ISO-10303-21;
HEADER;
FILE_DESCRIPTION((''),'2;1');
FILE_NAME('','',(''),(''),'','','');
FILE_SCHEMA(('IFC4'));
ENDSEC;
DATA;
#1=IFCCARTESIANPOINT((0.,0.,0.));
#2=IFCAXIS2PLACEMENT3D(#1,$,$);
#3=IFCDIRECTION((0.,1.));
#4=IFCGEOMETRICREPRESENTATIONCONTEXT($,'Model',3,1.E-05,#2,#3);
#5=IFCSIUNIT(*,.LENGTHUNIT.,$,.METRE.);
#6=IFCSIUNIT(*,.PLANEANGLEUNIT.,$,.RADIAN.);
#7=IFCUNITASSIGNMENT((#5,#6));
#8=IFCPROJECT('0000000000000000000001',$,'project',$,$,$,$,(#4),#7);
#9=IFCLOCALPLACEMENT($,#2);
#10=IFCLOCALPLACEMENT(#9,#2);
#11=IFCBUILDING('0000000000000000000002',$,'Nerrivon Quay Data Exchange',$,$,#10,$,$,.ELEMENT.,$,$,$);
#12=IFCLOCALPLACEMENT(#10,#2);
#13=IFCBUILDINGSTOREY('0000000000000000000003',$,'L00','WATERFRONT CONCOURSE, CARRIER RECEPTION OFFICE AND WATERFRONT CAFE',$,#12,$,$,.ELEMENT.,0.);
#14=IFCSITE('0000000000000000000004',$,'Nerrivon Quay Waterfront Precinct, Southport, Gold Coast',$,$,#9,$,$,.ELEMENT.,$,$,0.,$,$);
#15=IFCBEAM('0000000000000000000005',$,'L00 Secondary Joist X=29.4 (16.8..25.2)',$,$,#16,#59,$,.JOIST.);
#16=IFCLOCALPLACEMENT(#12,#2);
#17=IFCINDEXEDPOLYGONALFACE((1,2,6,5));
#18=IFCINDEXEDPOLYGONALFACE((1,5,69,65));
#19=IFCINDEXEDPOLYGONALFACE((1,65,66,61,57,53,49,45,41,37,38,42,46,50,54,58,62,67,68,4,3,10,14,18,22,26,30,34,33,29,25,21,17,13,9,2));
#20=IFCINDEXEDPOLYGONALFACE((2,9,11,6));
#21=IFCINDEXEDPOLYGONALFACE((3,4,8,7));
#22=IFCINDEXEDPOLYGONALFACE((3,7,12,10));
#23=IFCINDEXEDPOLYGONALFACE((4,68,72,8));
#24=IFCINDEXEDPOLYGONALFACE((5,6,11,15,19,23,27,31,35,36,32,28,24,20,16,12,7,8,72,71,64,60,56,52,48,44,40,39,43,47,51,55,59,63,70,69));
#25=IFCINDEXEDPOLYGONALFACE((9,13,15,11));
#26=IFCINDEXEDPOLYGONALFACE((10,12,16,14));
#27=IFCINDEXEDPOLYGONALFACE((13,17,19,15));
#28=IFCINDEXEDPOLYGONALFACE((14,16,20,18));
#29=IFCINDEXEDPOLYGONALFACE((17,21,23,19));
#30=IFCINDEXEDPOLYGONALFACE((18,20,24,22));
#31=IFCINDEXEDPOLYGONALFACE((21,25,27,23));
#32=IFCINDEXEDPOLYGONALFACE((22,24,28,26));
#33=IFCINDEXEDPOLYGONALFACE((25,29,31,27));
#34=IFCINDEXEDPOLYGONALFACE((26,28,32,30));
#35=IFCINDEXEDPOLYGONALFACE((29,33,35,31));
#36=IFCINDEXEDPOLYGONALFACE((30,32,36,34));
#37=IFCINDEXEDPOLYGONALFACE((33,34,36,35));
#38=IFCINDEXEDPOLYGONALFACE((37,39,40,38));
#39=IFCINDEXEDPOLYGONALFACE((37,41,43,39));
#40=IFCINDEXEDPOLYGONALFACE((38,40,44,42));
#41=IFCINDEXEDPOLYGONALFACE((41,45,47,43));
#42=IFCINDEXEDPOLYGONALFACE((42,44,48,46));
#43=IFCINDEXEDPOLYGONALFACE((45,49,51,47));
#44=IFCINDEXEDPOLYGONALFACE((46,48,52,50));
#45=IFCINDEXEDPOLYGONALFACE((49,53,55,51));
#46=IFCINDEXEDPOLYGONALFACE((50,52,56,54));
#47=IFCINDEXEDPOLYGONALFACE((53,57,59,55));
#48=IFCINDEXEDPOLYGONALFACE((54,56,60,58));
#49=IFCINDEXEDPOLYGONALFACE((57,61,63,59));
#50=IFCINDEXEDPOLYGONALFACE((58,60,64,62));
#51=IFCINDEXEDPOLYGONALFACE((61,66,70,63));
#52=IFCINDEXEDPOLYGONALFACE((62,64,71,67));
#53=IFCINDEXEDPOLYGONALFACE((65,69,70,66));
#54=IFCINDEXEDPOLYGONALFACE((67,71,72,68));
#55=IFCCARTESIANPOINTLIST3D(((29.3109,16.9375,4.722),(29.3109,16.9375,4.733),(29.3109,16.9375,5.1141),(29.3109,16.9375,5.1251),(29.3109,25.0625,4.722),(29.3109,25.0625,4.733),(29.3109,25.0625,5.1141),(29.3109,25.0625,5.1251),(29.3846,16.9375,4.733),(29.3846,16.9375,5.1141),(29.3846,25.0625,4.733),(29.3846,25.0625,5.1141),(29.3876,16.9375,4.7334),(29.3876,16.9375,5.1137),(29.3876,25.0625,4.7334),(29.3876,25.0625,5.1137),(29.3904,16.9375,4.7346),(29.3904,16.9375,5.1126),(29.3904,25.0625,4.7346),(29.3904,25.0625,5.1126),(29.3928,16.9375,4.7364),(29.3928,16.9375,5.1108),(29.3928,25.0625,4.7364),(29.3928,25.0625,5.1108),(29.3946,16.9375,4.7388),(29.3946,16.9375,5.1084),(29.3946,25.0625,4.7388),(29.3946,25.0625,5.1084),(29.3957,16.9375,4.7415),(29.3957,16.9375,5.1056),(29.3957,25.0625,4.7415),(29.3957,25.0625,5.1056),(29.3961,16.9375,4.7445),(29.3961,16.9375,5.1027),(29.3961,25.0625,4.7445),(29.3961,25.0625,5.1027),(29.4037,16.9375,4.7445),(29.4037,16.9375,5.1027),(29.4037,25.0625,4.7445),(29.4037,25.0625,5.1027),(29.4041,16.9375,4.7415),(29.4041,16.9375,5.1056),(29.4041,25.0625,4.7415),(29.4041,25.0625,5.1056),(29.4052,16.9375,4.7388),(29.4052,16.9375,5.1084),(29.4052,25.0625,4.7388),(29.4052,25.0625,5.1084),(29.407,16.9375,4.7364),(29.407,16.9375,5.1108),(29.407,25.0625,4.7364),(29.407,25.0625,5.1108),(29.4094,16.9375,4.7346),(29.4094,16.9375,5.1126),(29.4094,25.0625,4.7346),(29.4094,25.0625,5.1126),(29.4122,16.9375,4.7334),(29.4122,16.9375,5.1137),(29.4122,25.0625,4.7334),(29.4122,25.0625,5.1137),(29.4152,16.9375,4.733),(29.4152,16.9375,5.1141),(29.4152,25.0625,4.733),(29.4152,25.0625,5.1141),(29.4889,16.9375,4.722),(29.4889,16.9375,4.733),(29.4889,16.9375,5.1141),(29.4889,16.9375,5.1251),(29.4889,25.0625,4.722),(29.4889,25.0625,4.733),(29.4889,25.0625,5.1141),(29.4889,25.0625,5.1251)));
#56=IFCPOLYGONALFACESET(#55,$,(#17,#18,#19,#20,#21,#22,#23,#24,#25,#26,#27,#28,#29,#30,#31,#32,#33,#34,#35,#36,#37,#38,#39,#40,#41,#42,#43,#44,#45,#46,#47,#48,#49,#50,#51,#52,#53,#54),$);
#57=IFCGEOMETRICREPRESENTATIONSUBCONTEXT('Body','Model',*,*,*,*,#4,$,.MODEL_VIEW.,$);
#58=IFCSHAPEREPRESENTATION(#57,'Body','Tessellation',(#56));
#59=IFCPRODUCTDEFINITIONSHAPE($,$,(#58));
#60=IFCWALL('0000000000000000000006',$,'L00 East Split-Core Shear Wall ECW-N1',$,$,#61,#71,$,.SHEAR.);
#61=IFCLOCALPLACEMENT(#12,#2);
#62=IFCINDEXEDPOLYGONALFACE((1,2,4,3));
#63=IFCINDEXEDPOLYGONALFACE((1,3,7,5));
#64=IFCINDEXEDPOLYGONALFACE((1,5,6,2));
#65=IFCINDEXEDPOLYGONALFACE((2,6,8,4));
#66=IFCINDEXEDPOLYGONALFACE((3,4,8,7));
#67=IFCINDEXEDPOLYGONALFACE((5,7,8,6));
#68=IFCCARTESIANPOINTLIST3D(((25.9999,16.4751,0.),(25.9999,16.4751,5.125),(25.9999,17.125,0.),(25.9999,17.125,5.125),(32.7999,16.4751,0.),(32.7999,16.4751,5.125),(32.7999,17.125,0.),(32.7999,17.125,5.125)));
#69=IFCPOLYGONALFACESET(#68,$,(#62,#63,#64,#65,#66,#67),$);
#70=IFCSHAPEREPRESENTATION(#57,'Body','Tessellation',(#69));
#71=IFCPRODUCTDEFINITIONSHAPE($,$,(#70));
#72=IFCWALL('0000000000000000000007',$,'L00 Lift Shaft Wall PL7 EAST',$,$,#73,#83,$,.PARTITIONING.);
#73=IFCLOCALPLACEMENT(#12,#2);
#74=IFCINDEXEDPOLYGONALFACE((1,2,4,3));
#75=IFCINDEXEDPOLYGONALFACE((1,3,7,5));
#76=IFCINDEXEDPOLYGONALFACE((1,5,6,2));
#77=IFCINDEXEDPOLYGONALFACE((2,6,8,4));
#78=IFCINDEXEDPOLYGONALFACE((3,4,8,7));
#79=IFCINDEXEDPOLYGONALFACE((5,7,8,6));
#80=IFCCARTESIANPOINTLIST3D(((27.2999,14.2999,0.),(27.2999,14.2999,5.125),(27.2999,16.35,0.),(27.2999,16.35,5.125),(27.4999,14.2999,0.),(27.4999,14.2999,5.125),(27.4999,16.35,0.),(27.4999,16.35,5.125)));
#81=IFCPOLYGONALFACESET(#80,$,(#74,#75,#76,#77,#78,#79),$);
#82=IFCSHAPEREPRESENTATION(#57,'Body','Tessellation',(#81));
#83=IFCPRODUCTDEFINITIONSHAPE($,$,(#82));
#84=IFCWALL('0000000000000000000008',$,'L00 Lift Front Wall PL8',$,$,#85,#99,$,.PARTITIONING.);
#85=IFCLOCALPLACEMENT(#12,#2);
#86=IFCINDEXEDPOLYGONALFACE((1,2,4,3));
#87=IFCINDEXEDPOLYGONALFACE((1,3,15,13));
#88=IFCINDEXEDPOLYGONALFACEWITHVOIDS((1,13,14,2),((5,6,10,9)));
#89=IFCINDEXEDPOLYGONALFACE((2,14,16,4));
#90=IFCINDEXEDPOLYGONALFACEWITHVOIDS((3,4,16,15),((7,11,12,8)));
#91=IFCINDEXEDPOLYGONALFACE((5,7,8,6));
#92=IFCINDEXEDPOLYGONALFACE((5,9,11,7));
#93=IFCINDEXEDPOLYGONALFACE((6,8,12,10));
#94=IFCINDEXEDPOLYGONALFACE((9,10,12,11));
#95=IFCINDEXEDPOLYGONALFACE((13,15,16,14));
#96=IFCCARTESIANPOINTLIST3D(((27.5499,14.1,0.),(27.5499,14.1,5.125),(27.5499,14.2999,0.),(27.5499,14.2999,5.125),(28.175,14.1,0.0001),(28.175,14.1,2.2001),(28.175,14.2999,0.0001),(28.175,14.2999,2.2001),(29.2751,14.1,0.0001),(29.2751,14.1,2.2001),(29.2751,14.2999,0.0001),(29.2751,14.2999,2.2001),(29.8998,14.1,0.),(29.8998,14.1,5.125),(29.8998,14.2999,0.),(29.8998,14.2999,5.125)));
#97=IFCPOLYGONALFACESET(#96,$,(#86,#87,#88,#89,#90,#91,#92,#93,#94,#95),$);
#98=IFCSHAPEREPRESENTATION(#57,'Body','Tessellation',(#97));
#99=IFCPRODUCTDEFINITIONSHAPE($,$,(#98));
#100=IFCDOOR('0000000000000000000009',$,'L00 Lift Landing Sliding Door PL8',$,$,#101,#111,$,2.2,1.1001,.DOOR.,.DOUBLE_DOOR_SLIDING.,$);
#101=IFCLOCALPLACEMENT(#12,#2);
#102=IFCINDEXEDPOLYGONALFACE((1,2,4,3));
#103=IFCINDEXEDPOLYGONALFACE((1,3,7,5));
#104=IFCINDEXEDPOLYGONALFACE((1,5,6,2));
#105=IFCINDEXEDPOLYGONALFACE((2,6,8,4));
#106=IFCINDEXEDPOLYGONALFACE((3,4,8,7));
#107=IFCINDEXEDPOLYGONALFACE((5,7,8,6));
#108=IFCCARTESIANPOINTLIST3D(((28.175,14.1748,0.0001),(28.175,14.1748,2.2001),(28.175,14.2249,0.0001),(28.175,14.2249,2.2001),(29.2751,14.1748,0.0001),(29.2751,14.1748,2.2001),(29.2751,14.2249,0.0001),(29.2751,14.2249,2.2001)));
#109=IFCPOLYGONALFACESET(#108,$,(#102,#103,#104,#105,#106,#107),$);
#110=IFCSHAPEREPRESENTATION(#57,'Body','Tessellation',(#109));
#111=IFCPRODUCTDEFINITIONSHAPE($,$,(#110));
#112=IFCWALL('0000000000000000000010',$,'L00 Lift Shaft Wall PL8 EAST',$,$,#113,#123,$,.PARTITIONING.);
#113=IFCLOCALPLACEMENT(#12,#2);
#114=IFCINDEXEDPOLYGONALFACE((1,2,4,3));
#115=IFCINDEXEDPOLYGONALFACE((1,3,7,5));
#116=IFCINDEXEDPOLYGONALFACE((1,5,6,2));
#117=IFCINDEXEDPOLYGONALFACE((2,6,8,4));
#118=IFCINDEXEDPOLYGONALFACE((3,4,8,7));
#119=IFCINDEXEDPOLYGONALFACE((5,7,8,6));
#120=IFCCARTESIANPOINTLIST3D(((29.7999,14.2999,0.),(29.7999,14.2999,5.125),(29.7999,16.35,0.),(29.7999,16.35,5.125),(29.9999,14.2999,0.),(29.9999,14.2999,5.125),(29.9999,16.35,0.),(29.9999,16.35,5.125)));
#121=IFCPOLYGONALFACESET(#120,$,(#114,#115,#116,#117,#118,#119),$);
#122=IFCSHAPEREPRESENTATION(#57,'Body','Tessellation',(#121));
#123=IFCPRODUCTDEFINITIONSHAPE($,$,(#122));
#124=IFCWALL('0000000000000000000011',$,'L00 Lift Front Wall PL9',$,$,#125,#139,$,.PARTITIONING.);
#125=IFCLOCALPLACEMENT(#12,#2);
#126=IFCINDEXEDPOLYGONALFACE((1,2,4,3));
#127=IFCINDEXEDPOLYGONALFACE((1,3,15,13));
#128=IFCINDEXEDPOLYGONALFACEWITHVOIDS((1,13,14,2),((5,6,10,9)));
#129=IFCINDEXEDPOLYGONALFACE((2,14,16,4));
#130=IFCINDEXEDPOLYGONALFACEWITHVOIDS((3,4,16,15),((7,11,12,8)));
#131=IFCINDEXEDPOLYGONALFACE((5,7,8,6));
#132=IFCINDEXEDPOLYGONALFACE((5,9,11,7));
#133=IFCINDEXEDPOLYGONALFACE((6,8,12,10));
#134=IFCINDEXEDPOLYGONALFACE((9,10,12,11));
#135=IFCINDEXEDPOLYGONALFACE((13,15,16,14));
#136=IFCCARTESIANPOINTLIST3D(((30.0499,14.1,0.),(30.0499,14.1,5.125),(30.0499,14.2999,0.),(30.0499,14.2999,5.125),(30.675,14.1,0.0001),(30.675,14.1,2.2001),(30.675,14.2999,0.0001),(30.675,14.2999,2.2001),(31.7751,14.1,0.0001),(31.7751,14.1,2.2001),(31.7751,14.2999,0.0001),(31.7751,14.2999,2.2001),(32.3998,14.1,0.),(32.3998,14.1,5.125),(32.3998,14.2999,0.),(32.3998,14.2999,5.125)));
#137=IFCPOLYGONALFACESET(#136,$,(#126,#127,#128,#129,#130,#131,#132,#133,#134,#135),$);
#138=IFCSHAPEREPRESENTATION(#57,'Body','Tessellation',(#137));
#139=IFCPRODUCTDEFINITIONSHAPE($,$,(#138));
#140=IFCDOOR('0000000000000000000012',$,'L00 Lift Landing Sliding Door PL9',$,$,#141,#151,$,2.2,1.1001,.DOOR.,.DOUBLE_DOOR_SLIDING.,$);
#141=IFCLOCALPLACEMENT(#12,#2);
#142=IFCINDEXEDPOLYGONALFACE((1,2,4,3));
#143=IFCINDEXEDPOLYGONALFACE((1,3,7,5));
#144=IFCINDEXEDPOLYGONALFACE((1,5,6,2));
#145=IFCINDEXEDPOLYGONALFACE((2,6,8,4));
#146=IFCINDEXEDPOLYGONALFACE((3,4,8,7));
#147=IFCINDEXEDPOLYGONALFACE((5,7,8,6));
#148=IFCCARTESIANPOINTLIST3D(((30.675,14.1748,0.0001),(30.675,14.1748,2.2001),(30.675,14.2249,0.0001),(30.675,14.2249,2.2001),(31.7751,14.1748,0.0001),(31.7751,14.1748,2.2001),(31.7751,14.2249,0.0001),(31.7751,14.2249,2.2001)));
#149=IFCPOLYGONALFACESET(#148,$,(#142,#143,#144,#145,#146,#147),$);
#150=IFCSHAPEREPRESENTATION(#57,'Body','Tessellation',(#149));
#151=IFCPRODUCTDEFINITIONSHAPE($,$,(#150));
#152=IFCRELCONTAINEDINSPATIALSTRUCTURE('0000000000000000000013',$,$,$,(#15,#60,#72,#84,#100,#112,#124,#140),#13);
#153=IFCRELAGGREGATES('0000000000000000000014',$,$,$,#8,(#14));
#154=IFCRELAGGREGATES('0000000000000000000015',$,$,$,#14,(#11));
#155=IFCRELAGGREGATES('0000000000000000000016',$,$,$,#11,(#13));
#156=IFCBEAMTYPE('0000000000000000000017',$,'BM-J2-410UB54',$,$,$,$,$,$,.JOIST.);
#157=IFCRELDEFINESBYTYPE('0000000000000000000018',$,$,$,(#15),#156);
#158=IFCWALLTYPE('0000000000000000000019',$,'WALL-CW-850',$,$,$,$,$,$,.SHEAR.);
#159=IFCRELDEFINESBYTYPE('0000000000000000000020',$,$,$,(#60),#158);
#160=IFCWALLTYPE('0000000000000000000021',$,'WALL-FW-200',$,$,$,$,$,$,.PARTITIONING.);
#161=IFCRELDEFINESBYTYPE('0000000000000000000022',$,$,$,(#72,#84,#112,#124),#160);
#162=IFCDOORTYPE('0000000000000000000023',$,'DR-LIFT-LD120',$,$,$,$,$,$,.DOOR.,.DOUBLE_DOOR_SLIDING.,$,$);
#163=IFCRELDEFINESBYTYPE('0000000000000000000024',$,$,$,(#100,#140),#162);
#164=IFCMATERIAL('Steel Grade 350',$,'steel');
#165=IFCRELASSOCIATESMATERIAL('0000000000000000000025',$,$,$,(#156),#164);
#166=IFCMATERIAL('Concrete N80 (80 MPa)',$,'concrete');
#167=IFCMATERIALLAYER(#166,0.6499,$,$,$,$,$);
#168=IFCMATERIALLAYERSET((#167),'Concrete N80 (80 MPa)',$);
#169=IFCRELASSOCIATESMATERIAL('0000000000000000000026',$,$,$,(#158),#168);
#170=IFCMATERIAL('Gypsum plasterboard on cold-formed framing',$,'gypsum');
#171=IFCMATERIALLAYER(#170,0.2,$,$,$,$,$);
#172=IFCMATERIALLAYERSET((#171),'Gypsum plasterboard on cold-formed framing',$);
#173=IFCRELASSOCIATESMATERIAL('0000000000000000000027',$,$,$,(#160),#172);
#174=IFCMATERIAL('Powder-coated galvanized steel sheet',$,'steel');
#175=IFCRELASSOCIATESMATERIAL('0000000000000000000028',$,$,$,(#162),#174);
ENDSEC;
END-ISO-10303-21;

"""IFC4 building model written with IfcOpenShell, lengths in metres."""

from ifc_helpers import new_model, si_unit, direction, frame, frame_2d, origin, origin_2d, place, context, subcontext, project, spatial, rectangle, i_section, extrude, material, layer, layer_set, material_profile, profile_set, type_object, element, fill, save


model = new_model("IFC4")

# Units and contexts
model_context = context("Model", 3, precision=1e-05, world=origin(), true_north=direction((0.0, 1.0)))
body_context = subcontext(model_context, "Body", "Model", "MODEL_VIEW")
ifc_project = project(units=[si_unit("LENGTHUNIT", "METRE"), si_unit("PLANEANGLEUNIT", "RADIAN")], contexts=[model_context])

# Site, building, storey
site_placement = place(None, origin())
site = spatial("IfcSite", under=ifc_project, at=site_placement, Name="Nerrivon Quay Waterfront Precinct, Southport, Gold Coast", CompositionType="ELEMENT", RefElevation=0.0)
building_placement = place(site_placement, origin())
building = spatial("IfcBuilding", under=site, at=building_placement, Name="Nerrivon Quay Data Exchange", CompositionType="ELEMENT")
storey_placement = place(building_placement, origin())
storey = spatial("IfcBuildingStorey", under=building, at=storey_placement, Name="L00", Description="WATERFRONT CONCOURSE, CARRIER RECEPTION OFFICE AND WATERFRONT CAFE", CompositionType="ELEMENT", Elevation=0.0)

# Shared definitions
ifc_material_1 = material(Name="Concrete N80 (80 MPa)", Category="concrete")

# Beam
ifc_material_2 = material(Name="Steel Grade 350", Category="steel")
ifc_material_profile_1 = material_profile(ifc_material_2, i_section(OverallWidth=0.178, OverallDepth=0.4031, WebThickness=0.0076, FlangeThickness=0.011, FilletRadius=0.0115, at=origin_2d()), Name="410UB53.7")
ifc_profile_set_1 = profile_set([ifc_material_profile_1], Name="Steel Grade 350")
beam_type_1 = type_object("IfcBeamType", Name="BM-J2-410UB54", PredefinedType="JOIST", material=ifc_profile_set_1)
beam_placement = place(storey_placement, frame((29.3999, 16.9375, 4.9236), z_axis=(0.0, 1.0, 0.0), x_axis=(-1.0, 0.0, 0.0)))
element("IfcBeam", 1, at=beam_placement, inside=storey, type_object=beam_type_1, Name="L00 Secondary Joist X=29.4 (16.8..25.2)", PredefinedType="JOIST", context=body_context, shape_type="SweptSolid", body=[
    extrude(i_section(OverallWidth=0.178, OverallDepth=0.4031, WebThickness=0.0076, FlangeThickness=0.011, FilletRadius=0.0115, at=origin_2d()), origin(), (0.0, 0.0, 1.0), 8.125),
])

# Walls
ifc_layer_1 = layer(ifc_material_1, 0.6499)
ifc_layer_set_1 = layer_set([ifc_layer_1], Name="Concrete N80 (80 MPa)")
wall_type_1 = type_object("IfcWallType", Name="WALL-CW-850", PredefinedType="SHEAR", material=ifc_layer_set_1)
wall_1_placement = place(storey_placement, frame((26.0, 16.8, 0.0), z_axis=(0.0, 0.0, 1.0), x_axis=(1.0, 0.0, 0.0)))
element("IfcWall", 2, at=wall_1_placement, inside=storey, type_object=wall_type_1, Name="L00 East Split-Core Shear Wall ECW-N1", PredefinedType="SHEAR", context=body_context, shape_type="SweptSolid", body=[
    extrude(rectangle(XDim=6.8, YDim=0.6499, at=frame_2d((3.3999, 0.0))), origin(), (0.0, 0.0, 1.0), 5.125),
])
ifc_material_3 = material(Name="Gypsum plasterboard on cold-formed framing", Category="gypsum")
ifc_layer_2 = layer(ifc_material_3, 0.2)
ifc_layer_set_2 = layer_set([ifc_layer_2], Name="Gypsum plasterboard on cold-formed framing")
wall_type_2 = type_object("IfcWallType", Name="WALL-FW-200", PredefinedType="PARTITIONING", material=ifc_layer_set_2)
wall_2_placement = place(storey_placement, frame((27.3999, 14.3, 0.0), z_axis=(0.0, 0.0, 1.0), x_axis=(0.0, 1.0, 0.0)))
element("IfcWall", 3, at=wall_2_placement, inside=storey, type_object=wall_type_2, Name="L00 Lift Shaft Wall PL7 EAST", PredefinedType="PARTITIONING", context=body_context, shape_type="SweptSolid", body=[
    extrude(rectangle(XDim=2.05, YDim=0.2, at=frame_2d((1.0249, 0.0))), origin(), (0.0, 0.0, 1.0), 5.125),
])

# Wall, opening, door
wall_3_placement = place(storey_placement, frame((27.55, 14.2, 0.0), z_axis=(0.0, 0.0, 1.0), x_axis=(1.0, 0.0, 0.0)))
wall_3 = element("IfcWall", 4, at=wall_3_placement, inside=storey, type_object=wall_type_2, Name="L00 Lift Front Wall PL8", PredefinedType="PARTITIONING", context=body_context, shape_type="SweptSolid", body=[
    extrude(rectangle(XDim=2.3499, YDim=0.2, at=frame_2d((1.1748, 0.0))), origin(), (0.0, 0.0, 1.0), 5.125),
])
opening_1_placement = place(wall_3_placement, frame((0.625, 0.0, 0.0)))
opening_1 = element("IfcOpeningElement", 5, at=opening_1_placement, cuts=wall_3, PredefinedType="OPENING", context=body_context, shape_type="SweptSolid", body=[
    extrude(rectangle(XDim=1.1001, YDim=2.2, at=frame_2d((0.55, 1.1001))), frame((0.0, 0.1099, 0.0), z_axis=(0.0, -1.0, 0.0), x_axis=(1.0, 0.0, 0.0)), (0.0, 0.0, 1.0), 0.22),
])
ifc_material_4 = material(Name="Powder-coated galvanized steel sheet", Category="steel")
door_type_1 = type_object("IfcDoorType", Name="DR-LIFT-LD120", OperationType="DOUBLE_DOOR_SLIDING", PredefinedType="DOOR", material=ifc_material_4)
door_1_placement = place(opening_1_placement, origin())
door_1 = element("IfcDoor", 6, at=door_1_placement, inside=storey, type_object=door_type_1, Name="L00 Lift Landing Sliding Door PL8", OperationType="DOUBLE_DOOR_SLIDING", OverallHeight=2.2, OverallWidth=1.1001, PredefinedType="DOOR", context=body_context, shape_type="SweptSolid", body=[
    extrude(rectangle(XDim=1.1001, YDim=2.2, at=frame_2d((0.55, 1.1001))), frame((0.0, 0.0249, 0.0), z_axis=(0.0, -1.0, 0.0), x_axis=(1.0, 0.0, 0.0)), (0.0, 0.0, 1.0), 0.05),
])
fill(opening_1, door_1)

# Wall
wall_4_placement = place(storey_placement, frame((29.8999, 14.3, 0.0), z_axis=(0.0, 0.0, 1.0), x_axis=(0.0, 1.0, 0.0)))
element("IfcWall", 7, at=wall_4_placement, inside=storey, type_object=wall_type_2, Name="L00 Lift Shaft Wall PL8 EAST", PredefinedType="PARTITIONING", context=body_context, shape_type="SweptSolid", body=[
    extrude(rectangle(XDim=2.05, YDim=0.2, at=frame_2d((1.0249, 0.0))), origin(), (0.0, 0.0, 1.0), 5.125),
])

# Wall, opening, door
wall_5_placement = place(storey_placement, frame((30.05, 14.2, 0.0), z_axis=(0.0, 0.0, 1.0), x_axis=(1.0, 0.0, 0.0)))
wall_5 = element("IfcWall", 8, at=wall_5_placement, inside=storey, type_object=wall_type_2, Name="L00 Lift Front Wall PL9", PredefinedType="PARTITIONING", context=body_context, shape_type="SweptSolid", body=[
    extrude(rectangle(XDim=2.3499, YDim=0.2, at=frame_2d((1.1748, 0.0))), origin(), (0.0, 0.0, 1.0), 5.125),
])
opening_2_placement = place(wall_5_placement, frame((0.625, 0.0, 0.0)))
opening_2 = element("IfcOpeningElement", 9, at=opening_2_placement, cuts=wall_5, PredefinedType="OPENING", context=body_context, shape_type="SweptSolid", body=[
    extrude(rectangle(XDim=1.1001, YDim=2.2, at=frame_2d((0.55, 1.1001))), frame((0.0, 0.1099, 0.0), z_axis=(0.0, -1.0, 0.0), x_axis=(1.0, 0.0, 0.0)), (0.0, 0.0, 1.0), 0.22),
])
door_2_placement = place(opening_2_placement, origin())
door_2 = element("IfcDoor", 10, at=door_2_placement, inside=storey, type_object=door_type_1, Name="L00 Lift Landing Sliding Door PL9", OperationType="DOUBLE_DOOR_SLIDING", OverallHeight=2.2, OverallWidth=1.1001, PredefinedType="DOOR", context=body_context, shape_type="SweptSolid", body=[
    extrude(rectangle(XDim=1.1001, YDim=2.2, at=frame_2d((0.55, 1.1001))), frame((0.0, 0.0249, 0.0), z_axis=(0.0, -1.0, 0.0), x_axis=(1.0, 0.0, 0.0)), (0.0, 0.0, 1.0), 0.05),
])
fill(opening_2, door_2)

save(model, "model.ifc")
